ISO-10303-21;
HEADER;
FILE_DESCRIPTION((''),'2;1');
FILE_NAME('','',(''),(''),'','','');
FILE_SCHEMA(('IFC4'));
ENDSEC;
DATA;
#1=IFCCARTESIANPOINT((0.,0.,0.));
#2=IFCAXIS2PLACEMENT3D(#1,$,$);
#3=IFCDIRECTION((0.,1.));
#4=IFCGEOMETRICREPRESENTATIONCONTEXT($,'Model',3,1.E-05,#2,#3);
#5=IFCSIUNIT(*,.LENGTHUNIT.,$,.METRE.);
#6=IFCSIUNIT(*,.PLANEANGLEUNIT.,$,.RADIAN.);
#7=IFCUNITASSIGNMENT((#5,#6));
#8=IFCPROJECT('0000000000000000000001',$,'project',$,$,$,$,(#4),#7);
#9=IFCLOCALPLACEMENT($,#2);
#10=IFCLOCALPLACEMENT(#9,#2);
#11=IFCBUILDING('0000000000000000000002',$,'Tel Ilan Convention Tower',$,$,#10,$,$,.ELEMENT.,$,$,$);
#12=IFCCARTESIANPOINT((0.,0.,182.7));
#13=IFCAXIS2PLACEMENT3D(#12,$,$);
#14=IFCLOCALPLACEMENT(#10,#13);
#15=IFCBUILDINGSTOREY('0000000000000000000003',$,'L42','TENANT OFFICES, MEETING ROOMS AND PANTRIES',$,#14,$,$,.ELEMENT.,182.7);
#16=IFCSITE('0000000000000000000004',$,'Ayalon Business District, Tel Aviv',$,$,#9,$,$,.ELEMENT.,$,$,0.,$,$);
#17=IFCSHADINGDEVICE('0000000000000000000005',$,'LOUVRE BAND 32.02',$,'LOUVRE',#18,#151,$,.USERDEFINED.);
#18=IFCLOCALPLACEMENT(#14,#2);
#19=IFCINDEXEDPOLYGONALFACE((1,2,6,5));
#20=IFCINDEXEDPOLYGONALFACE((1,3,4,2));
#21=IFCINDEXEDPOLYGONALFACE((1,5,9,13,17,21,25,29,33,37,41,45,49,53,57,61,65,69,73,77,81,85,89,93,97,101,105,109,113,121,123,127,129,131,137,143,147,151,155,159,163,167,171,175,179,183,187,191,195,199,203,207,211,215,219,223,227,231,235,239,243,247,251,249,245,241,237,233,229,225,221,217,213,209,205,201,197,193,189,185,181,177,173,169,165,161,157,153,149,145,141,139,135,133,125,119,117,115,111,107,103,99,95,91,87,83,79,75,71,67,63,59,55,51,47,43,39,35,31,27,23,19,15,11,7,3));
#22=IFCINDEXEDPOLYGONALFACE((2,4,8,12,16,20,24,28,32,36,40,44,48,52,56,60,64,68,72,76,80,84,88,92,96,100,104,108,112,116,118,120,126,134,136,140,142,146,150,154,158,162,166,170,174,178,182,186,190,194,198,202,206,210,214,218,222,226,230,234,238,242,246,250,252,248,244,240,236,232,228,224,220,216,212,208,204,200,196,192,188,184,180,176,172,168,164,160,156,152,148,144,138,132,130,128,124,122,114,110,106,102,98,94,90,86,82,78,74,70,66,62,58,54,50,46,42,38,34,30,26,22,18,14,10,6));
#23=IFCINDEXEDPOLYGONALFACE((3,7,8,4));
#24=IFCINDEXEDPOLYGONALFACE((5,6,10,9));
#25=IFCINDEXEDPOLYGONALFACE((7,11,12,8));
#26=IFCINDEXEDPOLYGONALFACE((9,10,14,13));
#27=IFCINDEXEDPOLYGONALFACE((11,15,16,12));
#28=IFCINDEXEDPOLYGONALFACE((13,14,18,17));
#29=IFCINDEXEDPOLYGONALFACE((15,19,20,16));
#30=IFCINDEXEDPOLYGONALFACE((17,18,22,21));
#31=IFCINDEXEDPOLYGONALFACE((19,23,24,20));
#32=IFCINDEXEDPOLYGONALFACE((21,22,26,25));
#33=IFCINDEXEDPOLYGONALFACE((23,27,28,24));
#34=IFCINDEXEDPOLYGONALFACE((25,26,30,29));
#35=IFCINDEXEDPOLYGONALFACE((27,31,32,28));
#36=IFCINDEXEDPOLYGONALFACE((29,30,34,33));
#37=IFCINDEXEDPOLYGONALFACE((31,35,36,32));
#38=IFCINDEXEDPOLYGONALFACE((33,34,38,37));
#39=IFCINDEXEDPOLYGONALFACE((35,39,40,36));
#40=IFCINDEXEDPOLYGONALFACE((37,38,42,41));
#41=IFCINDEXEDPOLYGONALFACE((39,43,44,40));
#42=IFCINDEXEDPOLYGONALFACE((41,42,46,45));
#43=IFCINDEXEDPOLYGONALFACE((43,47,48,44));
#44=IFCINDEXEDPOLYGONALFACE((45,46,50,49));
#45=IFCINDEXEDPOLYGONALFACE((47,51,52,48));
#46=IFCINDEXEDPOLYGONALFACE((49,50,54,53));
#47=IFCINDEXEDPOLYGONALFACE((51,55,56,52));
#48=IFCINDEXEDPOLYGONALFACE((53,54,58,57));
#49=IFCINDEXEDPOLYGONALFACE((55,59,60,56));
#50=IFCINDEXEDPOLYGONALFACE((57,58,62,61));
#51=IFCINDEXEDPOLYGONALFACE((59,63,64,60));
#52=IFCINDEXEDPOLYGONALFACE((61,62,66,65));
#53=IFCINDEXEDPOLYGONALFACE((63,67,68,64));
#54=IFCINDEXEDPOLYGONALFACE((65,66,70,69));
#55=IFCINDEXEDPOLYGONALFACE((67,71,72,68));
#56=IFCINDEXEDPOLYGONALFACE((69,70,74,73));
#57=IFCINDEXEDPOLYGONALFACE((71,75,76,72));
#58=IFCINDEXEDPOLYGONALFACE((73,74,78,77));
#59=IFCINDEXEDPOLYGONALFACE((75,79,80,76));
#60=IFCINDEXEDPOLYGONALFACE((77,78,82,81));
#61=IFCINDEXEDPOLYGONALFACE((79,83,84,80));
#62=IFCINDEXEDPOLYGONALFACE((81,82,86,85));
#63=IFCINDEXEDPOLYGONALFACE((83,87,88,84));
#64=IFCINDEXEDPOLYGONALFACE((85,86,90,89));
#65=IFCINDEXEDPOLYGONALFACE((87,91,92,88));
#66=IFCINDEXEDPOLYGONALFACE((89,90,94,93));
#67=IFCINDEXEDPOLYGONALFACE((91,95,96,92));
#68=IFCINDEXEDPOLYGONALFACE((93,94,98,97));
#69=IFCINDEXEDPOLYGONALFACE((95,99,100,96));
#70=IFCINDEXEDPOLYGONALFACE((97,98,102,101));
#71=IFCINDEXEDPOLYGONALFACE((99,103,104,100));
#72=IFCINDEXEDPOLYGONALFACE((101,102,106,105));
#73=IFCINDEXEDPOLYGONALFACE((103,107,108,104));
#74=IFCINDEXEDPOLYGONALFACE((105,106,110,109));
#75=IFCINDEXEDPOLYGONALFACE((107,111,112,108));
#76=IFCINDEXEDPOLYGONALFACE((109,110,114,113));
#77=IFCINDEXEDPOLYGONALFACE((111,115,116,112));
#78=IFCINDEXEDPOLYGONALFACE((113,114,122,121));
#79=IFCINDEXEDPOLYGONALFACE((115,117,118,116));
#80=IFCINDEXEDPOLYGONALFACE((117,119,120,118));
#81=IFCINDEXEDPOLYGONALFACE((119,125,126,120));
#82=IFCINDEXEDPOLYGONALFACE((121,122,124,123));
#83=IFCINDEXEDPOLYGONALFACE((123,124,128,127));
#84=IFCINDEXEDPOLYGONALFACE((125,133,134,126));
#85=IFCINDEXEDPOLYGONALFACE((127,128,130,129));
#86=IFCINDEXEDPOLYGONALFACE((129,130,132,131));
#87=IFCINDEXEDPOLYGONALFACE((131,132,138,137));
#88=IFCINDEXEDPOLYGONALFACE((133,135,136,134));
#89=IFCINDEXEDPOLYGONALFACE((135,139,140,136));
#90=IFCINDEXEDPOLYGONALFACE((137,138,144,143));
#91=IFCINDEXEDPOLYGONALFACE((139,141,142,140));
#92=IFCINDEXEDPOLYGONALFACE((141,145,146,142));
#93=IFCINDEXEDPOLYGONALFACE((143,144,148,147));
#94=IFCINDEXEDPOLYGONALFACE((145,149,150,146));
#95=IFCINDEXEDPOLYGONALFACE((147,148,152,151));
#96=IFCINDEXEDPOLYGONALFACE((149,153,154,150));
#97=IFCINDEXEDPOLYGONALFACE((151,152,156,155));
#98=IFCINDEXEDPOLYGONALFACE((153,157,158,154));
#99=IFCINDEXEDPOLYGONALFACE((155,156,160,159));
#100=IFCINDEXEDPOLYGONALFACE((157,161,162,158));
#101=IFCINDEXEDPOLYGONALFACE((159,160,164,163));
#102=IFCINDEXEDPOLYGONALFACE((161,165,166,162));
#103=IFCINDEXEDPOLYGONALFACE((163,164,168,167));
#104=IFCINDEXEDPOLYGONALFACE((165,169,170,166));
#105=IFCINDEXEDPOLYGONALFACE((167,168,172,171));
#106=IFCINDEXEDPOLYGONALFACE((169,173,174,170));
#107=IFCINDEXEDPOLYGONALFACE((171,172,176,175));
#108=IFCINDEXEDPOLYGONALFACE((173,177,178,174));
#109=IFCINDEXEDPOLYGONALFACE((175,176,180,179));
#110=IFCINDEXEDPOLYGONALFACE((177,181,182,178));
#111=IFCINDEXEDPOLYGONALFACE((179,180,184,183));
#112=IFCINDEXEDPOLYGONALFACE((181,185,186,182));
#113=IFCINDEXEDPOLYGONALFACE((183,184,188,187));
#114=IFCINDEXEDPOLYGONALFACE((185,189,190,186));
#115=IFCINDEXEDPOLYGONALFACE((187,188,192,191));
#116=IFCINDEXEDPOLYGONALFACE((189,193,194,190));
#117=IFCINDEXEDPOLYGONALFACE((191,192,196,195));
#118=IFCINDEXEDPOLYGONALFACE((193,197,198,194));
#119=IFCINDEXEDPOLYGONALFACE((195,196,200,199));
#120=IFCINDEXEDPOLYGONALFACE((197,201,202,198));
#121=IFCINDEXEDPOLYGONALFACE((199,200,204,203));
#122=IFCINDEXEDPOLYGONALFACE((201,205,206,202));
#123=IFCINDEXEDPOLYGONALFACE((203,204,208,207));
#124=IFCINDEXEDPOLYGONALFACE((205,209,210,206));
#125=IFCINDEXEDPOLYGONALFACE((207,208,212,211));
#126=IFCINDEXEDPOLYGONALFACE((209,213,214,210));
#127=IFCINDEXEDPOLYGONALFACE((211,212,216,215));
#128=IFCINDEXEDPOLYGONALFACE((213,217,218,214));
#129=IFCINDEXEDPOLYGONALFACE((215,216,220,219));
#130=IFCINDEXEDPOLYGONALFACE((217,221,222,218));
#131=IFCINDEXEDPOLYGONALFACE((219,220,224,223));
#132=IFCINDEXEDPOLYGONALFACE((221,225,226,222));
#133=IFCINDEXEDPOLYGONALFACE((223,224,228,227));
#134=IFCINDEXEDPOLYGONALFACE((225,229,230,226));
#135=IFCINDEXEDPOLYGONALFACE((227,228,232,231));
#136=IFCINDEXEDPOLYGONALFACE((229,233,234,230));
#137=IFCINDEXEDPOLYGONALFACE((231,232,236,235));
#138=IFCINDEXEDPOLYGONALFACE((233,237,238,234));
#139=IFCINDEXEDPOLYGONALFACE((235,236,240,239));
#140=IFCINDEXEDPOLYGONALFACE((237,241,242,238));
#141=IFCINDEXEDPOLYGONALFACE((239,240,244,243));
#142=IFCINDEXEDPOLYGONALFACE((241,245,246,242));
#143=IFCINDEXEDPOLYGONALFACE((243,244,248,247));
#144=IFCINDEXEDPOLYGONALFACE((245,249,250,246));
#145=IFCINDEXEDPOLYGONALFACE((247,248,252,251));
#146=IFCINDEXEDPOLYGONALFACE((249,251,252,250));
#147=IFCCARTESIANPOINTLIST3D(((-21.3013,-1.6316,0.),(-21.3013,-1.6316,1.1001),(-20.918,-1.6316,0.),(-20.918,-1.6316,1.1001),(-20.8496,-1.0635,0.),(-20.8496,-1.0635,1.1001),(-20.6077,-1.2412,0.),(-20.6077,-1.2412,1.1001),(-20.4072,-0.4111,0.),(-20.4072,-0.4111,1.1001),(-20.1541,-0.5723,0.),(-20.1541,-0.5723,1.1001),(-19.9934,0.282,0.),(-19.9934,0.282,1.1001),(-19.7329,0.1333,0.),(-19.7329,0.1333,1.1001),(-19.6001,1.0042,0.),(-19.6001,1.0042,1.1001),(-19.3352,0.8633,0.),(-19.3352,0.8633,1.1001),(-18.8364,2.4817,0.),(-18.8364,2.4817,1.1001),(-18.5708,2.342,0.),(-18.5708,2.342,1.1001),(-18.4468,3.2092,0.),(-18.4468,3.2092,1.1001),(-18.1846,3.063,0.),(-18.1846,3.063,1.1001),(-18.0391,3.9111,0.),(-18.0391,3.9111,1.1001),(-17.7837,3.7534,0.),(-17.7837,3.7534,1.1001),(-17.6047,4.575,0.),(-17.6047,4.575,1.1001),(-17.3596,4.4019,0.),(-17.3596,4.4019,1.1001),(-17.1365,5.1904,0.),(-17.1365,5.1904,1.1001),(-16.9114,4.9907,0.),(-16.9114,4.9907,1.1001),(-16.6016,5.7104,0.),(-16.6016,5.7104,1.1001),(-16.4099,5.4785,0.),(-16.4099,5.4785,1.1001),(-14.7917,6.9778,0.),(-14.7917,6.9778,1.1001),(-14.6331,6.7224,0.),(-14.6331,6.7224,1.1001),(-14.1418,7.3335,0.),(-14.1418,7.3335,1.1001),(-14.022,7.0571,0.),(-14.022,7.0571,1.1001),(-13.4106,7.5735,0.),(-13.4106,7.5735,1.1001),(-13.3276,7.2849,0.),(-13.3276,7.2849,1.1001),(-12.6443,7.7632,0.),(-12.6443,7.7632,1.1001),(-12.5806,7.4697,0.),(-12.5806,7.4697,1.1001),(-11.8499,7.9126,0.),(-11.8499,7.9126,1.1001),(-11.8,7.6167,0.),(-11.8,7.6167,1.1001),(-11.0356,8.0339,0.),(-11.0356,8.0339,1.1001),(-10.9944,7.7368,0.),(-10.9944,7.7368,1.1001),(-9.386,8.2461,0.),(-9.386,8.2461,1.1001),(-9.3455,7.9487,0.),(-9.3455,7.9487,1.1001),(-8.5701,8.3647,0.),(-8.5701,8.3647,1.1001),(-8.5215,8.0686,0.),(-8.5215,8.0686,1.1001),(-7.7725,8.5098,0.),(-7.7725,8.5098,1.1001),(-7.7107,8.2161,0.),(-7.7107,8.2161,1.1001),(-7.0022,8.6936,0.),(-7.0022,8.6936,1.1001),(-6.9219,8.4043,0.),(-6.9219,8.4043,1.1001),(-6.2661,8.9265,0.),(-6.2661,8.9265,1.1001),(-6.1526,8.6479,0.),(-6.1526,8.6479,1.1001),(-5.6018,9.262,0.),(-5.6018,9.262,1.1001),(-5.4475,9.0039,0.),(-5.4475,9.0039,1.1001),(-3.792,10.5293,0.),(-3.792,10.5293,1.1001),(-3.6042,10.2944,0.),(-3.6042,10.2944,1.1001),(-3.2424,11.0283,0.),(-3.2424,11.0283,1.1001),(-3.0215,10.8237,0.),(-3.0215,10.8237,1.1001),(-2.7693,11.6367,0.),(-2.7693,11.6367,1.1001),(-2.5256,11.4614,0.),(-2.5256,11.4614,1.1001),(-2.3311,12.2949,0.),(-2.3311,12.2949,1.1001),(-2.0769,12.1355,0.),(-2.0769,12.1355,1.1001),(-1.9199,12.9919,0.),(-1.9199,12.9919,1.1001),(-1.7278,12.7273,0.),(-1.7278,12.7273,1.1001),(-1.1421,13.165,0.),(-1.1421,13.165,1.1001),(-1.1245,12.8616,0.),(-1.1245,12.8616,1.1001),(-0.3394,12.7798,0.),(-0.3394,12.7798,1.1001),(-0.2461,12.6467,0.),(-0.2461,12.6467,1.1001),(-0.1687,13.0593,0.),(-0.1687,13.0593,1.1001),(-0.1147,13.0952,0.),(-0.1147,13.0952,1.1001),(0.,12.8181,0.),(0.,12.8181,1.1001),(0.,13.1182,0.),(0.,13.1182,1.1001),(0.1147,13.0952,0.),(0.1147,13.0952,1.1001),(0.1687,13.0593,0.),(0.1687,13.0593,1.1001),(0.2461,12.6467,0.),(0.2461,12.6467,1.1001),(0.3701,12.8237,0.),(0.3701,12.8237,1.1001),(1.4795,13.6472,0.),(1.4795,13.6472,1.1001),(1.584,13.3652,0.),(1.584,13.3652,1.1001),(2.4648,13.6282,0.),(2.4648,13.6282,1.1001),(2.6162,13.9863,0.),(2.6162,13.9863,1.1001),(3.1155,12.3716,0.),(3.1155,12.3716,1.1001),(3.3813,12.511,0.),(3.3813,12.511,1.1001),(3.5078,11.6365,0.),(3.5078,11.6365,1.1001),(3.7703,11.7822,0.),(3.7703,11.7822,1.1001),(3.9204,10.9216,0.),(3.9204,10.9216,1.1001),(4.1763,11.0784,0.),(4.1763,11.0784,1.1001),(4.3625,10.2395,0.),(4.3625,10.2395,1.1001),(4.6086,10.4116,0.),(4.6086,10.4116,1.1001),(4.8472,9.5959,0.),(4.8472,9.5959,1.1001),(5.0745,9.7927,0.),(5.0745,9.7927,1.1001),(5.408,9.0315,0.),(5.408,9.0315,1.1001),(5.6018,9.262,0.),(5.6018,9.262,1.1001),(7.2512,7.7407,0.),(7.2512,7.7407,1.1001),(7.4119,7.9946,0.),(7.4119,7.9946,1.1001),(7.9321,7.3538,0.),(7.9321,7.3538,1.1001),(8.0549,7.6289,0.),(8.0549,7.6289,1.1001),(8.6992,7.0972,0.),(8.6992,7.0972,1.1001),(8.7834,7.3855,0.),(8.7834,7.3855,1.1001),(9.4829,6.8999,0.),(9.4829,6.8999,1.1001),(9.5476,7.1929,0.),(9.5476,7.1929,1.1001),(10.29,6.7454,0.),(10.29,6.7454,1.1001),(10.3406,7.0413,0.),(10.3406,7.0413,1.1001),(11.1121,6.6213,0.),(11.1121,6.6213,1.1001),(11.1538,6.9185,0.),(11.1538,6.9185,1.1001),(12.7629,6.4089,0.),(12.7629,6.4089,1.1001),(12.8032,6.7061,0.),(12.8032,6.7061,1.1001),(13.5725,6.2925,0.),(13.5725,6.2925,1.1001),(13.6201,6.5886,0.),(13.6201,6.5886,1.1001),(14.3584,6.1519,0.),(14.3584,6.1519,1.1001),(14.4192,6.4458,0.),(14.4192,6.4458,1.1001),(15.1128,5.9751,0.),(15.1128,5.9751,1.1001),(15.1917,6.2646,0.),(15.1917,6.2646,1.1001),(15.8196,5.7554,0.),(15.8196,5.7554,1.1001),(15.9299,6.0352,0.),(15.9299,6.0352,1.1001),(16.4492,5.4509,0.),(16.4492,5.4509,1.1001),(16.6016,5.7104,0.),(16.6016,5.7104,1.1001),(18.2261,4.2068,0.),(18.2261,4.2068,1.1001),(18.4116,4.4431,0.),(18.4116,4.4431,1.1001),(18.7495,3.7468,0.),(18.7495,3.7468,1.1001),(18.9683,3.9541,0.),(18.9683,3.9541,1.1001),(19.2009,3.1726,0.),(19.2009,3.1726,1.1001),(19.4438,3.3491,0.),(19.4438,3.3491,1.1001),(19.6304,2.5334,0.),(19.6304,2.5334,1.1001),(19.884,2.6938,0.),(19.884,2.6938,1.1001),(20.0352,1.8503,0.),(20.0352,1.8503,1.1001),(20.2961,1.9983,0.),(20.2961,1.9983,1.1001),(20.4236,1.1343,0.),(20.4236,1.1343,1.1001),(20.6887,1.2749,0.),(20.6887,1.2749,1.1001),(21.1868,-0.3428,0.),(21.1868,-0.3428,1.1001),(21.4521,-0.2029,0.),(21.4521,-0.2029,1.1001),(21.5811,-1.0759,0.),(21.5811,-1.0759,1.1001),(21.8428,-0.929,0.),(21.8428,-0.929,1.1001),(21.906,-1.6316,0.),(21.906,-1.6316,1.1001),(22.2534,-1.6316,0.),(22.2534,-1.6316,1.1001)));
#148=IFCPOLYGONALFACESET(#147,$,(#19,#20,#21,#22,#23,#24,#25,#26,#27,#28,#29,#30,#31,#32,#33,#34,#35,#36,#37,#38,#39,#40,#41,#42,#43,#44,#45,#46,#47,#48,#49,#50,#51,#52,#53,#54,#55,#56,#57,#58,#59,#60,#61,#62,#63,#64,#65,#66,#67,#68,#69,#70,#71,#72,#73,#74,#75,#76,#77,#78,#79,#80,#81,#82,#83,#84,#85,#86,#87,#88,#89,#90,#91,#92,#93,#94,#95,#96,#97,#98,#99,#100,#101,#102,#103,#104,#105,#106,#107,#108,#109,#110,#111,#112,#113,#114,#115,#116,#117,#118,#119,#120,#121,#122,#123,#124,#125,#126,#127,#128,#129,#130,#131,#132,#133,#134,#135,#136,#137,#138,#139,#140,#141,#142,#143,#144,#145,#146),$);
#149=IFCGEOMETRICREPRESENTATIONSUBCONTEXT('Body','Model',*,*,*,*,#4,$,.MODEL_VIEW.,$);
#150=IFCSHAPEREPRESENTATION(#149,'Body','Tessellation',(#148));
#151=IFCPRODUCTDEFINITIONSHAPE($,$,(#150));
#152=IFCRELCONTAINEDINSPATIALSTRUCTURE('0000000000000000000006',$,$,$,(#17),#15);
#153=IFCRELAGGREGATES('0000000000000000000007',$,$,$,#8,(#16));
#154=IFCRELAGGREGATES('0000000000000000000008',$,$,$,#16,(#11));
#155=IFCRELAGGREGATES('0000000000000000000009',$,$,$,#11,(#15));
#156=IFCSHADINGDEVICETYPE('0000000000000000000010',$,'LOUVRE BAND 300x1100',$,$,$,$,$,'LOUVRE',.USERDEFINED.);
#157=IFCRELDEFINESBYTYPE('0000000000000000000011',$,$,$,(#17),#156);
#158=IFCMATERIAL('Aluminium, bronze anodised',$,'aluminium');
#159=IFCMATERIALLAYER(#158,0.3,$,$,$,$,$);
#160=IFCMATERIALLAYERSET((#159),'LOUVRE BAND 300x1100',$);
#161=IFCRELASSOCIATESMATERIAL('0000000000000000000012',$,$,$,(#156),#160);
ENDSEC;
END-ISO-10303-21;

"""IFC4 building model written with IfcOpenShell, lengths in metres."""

from ifc_helpers import new_model, si_unit, direction, frame, origin, place, context, subcontext, project, spatial, polyline, outline, extrude, material, layer, layer_set, type_object, element, save


model = new_model("IFC4")

# Units and contexts
model_context = context("Model", 3, precision=1e-05, world=origin(), true_north=direction((0.0, 1.0)))
body_context = subcontext(model_context, "Body", "Model", "MODEL_VIEW")
ifc_project = project(units=[si_unit("LENGTHUNIT", "METRE"), si_unit("PLANEANGLEUNIT", "RADIAN")], contexts=[model_context])

# Site, building, storey
site_placement = place(None, origin())
site = spatial("IfcSite", under=ifc_project, at=site_placement, Name="Ayalon Business District, Tel Aviv", CompositionType="ELEMENT", RefElevation=0.0)
building_placement = place(site_placement, origin())
building = spatial("IfcBuilding", under=site, at=building_placement, Name="Tel Ilan Convention Tower", CompositionType="ELEMENT")
storey_placement = place(building_placement, frame((0.0, 0.0, 182.7)))
storey = spatial("IfcBuildingStorey", under=building, at=storey_placement, Name="L42", Description="TENANT OFFICES, MEETING ROOMS AND PANTRIES", CompositionType="ELEMENT", Elevation=182.7)

# Shading device
ifc_material_1 = material(Name="Aluminium, bronze anodised", Category="aluminium")
ifc_layer_1 = layer(ifc_material_1, 0.3)
ifc_layer_set_1 = layer_set([ifc_layer_1], Name="LOUVRE BAND 300x1100")
shading_device_type_1 = type_object("IfcShadingDeviceType", Name="LOUVRE BAND 300x1100", ElementType="LOUVRE", PredefinedType="USERDEFINED", material=ifc_layer_set_1)
shading_device_1_placement = place(storey_placement, origin())
element("IfcShadingDevice", 1, at=shading_device_1_placement, inside=storey, type_object=shading_device_type_1, Name="LOUVRE BAND 32.02", ObjectType="LOUVRE", PredefinedType="USERDEFINED", context=body_context, shape_type="SweptSolid", body=[
    extrude(outline(polyline([(-20.8496, -1.0635), (-21.3013, -1.6316), (-20.918, -1.6316), (-20.6077, -1.2412), (-20.1541, -0.5723), (-19.7329, 0.1333), (-19.3352, 0.8633), (-18.5708, 2.342), (-18.1846, 3.063), (-17.7837, 3.7534), (-17.3596, 4.4019), (-16.9114, 4.9907), (-16.4099, 5.4785), (-14.6331, 6.7224), (-14.022, 7.0571), (-13.3276, 7.2849), (-12.5806, 7.4697), (-11.8, 7.6167), (-10.9944, 7.7368), (-9.3455, 7.9487), (-8.5215, 8.0686), (-7.7107, 8.2161), (-6.9219, 8.4043), (-6.1526, 8.6479), (-5.4475, 9.0039), (-3.6042, 10.2944), (-3.0215, 10.8237), (-2.5256, 11.4614), (-2.0769, 12.1355), (-1.7278, 12.7273), (-1.1245, 12.8616), (-0.3394, 12.7798), (-0.2461, 12.6467), (0.0, 12.8181), (0.2461, 12.6467), (0.3701, 12.8237), (1.584, 13.3652), (2.4648, 13.6282), (3.1155, 12.3716), (3.5078, 11.6365), (3.9204, 10.9216), (4.3625, 10.2395), (4.8472, 9.5959), (5.408, 9.0315), (7.2512, 7.7407), (7.9321, 7.3538), (8.6992, 7.0972), (9.4829, 6.8999), (10.29, 6.7454), (11.1121, 6.6213), (12.7629, 6.4089), (13.5725, 6.2925), (14.3584, 6.1519), (15.1128, 5.9751), (15.8196, 5.7554), (16.4492, 5.4509), (18.2261, 4.2068), (18.7495, 3.7468), (19.2009, 3.1726), (19.6304, 2.5334), (20.0352, 1.8503), (20.4236, 1.1343), (21.1868, -0.3428), (21.5811, -1.0759), (21.906, -1.6316), (22.2534, -1.6316), (21.8428, -0.929), (21.4521, -0.2029), (20.6887, 1.2749), (20.2961, 1.9983), (19.884, 2.6938), (19.4438, 3.3491), (18.9683, 3.9541), (18.4116, 4.4431), (16.6016, 5.7104), (15.9299, 6.0352), (15.1917, 6.2646), (14.4192, 6.4458), (13.6201, 6.5886), (12.8032, 6.7061), (11.1538, 6.9185), (10.3406, 7.0413), (9.5476, 7.1929), (8.7834, 7.3855), (8.0549, 7.6289), (7.4119, 7.9946), (5.6018, 9.262), (5.0745, 9.7927), (4.6086, 10.4116), (4.1763, 11.0784), (3.7703, 11.7822), (3.3813, 12.511), (2.6162, 13.9863), (1.4795, 13.6472), (0.1687, 13.0593), (0.1147, 13.0952), (0.0, 13.1182), (-0.1147, 13.0952), (-0.1687, 13.0593), (-1.1421, 13.165), (-1.9199, 12.9919), (-2.3311, 12.2949), (-2.7693, 11.6367), (-3.2424, 11.0283), (-3.792, 10.5293), (-5.6018, 9.262), (-6.2661, 8.9265), (-7.0022, 8.6936), (-7.7725, 8.5098), (-8.5701, 8.3647), (-9.386, 8.2461), (-11.0356, 8.0339), (-11.8499, 7.9126), (-12.6443, 7.7632), (-13.4106, 7.5735), (-14.1418, 7.3335), (-14.7917, 6.9778), (-16.6016, 5.7104), (-17.1365, 5.1904), (-17.6047, 4.575), (-18.0391, 3.9111), (-18.4468, 3.2092), (-18.8364, 2.4817), (-19.6001, 1.0042), (-19.9934, 0.282), (-20.4072, -0.4111), (-20.8496, -1.0635)])), origin(), (0.0, 0.0, 1.0), 1.1001),
])

save(model, "model.ifc")
